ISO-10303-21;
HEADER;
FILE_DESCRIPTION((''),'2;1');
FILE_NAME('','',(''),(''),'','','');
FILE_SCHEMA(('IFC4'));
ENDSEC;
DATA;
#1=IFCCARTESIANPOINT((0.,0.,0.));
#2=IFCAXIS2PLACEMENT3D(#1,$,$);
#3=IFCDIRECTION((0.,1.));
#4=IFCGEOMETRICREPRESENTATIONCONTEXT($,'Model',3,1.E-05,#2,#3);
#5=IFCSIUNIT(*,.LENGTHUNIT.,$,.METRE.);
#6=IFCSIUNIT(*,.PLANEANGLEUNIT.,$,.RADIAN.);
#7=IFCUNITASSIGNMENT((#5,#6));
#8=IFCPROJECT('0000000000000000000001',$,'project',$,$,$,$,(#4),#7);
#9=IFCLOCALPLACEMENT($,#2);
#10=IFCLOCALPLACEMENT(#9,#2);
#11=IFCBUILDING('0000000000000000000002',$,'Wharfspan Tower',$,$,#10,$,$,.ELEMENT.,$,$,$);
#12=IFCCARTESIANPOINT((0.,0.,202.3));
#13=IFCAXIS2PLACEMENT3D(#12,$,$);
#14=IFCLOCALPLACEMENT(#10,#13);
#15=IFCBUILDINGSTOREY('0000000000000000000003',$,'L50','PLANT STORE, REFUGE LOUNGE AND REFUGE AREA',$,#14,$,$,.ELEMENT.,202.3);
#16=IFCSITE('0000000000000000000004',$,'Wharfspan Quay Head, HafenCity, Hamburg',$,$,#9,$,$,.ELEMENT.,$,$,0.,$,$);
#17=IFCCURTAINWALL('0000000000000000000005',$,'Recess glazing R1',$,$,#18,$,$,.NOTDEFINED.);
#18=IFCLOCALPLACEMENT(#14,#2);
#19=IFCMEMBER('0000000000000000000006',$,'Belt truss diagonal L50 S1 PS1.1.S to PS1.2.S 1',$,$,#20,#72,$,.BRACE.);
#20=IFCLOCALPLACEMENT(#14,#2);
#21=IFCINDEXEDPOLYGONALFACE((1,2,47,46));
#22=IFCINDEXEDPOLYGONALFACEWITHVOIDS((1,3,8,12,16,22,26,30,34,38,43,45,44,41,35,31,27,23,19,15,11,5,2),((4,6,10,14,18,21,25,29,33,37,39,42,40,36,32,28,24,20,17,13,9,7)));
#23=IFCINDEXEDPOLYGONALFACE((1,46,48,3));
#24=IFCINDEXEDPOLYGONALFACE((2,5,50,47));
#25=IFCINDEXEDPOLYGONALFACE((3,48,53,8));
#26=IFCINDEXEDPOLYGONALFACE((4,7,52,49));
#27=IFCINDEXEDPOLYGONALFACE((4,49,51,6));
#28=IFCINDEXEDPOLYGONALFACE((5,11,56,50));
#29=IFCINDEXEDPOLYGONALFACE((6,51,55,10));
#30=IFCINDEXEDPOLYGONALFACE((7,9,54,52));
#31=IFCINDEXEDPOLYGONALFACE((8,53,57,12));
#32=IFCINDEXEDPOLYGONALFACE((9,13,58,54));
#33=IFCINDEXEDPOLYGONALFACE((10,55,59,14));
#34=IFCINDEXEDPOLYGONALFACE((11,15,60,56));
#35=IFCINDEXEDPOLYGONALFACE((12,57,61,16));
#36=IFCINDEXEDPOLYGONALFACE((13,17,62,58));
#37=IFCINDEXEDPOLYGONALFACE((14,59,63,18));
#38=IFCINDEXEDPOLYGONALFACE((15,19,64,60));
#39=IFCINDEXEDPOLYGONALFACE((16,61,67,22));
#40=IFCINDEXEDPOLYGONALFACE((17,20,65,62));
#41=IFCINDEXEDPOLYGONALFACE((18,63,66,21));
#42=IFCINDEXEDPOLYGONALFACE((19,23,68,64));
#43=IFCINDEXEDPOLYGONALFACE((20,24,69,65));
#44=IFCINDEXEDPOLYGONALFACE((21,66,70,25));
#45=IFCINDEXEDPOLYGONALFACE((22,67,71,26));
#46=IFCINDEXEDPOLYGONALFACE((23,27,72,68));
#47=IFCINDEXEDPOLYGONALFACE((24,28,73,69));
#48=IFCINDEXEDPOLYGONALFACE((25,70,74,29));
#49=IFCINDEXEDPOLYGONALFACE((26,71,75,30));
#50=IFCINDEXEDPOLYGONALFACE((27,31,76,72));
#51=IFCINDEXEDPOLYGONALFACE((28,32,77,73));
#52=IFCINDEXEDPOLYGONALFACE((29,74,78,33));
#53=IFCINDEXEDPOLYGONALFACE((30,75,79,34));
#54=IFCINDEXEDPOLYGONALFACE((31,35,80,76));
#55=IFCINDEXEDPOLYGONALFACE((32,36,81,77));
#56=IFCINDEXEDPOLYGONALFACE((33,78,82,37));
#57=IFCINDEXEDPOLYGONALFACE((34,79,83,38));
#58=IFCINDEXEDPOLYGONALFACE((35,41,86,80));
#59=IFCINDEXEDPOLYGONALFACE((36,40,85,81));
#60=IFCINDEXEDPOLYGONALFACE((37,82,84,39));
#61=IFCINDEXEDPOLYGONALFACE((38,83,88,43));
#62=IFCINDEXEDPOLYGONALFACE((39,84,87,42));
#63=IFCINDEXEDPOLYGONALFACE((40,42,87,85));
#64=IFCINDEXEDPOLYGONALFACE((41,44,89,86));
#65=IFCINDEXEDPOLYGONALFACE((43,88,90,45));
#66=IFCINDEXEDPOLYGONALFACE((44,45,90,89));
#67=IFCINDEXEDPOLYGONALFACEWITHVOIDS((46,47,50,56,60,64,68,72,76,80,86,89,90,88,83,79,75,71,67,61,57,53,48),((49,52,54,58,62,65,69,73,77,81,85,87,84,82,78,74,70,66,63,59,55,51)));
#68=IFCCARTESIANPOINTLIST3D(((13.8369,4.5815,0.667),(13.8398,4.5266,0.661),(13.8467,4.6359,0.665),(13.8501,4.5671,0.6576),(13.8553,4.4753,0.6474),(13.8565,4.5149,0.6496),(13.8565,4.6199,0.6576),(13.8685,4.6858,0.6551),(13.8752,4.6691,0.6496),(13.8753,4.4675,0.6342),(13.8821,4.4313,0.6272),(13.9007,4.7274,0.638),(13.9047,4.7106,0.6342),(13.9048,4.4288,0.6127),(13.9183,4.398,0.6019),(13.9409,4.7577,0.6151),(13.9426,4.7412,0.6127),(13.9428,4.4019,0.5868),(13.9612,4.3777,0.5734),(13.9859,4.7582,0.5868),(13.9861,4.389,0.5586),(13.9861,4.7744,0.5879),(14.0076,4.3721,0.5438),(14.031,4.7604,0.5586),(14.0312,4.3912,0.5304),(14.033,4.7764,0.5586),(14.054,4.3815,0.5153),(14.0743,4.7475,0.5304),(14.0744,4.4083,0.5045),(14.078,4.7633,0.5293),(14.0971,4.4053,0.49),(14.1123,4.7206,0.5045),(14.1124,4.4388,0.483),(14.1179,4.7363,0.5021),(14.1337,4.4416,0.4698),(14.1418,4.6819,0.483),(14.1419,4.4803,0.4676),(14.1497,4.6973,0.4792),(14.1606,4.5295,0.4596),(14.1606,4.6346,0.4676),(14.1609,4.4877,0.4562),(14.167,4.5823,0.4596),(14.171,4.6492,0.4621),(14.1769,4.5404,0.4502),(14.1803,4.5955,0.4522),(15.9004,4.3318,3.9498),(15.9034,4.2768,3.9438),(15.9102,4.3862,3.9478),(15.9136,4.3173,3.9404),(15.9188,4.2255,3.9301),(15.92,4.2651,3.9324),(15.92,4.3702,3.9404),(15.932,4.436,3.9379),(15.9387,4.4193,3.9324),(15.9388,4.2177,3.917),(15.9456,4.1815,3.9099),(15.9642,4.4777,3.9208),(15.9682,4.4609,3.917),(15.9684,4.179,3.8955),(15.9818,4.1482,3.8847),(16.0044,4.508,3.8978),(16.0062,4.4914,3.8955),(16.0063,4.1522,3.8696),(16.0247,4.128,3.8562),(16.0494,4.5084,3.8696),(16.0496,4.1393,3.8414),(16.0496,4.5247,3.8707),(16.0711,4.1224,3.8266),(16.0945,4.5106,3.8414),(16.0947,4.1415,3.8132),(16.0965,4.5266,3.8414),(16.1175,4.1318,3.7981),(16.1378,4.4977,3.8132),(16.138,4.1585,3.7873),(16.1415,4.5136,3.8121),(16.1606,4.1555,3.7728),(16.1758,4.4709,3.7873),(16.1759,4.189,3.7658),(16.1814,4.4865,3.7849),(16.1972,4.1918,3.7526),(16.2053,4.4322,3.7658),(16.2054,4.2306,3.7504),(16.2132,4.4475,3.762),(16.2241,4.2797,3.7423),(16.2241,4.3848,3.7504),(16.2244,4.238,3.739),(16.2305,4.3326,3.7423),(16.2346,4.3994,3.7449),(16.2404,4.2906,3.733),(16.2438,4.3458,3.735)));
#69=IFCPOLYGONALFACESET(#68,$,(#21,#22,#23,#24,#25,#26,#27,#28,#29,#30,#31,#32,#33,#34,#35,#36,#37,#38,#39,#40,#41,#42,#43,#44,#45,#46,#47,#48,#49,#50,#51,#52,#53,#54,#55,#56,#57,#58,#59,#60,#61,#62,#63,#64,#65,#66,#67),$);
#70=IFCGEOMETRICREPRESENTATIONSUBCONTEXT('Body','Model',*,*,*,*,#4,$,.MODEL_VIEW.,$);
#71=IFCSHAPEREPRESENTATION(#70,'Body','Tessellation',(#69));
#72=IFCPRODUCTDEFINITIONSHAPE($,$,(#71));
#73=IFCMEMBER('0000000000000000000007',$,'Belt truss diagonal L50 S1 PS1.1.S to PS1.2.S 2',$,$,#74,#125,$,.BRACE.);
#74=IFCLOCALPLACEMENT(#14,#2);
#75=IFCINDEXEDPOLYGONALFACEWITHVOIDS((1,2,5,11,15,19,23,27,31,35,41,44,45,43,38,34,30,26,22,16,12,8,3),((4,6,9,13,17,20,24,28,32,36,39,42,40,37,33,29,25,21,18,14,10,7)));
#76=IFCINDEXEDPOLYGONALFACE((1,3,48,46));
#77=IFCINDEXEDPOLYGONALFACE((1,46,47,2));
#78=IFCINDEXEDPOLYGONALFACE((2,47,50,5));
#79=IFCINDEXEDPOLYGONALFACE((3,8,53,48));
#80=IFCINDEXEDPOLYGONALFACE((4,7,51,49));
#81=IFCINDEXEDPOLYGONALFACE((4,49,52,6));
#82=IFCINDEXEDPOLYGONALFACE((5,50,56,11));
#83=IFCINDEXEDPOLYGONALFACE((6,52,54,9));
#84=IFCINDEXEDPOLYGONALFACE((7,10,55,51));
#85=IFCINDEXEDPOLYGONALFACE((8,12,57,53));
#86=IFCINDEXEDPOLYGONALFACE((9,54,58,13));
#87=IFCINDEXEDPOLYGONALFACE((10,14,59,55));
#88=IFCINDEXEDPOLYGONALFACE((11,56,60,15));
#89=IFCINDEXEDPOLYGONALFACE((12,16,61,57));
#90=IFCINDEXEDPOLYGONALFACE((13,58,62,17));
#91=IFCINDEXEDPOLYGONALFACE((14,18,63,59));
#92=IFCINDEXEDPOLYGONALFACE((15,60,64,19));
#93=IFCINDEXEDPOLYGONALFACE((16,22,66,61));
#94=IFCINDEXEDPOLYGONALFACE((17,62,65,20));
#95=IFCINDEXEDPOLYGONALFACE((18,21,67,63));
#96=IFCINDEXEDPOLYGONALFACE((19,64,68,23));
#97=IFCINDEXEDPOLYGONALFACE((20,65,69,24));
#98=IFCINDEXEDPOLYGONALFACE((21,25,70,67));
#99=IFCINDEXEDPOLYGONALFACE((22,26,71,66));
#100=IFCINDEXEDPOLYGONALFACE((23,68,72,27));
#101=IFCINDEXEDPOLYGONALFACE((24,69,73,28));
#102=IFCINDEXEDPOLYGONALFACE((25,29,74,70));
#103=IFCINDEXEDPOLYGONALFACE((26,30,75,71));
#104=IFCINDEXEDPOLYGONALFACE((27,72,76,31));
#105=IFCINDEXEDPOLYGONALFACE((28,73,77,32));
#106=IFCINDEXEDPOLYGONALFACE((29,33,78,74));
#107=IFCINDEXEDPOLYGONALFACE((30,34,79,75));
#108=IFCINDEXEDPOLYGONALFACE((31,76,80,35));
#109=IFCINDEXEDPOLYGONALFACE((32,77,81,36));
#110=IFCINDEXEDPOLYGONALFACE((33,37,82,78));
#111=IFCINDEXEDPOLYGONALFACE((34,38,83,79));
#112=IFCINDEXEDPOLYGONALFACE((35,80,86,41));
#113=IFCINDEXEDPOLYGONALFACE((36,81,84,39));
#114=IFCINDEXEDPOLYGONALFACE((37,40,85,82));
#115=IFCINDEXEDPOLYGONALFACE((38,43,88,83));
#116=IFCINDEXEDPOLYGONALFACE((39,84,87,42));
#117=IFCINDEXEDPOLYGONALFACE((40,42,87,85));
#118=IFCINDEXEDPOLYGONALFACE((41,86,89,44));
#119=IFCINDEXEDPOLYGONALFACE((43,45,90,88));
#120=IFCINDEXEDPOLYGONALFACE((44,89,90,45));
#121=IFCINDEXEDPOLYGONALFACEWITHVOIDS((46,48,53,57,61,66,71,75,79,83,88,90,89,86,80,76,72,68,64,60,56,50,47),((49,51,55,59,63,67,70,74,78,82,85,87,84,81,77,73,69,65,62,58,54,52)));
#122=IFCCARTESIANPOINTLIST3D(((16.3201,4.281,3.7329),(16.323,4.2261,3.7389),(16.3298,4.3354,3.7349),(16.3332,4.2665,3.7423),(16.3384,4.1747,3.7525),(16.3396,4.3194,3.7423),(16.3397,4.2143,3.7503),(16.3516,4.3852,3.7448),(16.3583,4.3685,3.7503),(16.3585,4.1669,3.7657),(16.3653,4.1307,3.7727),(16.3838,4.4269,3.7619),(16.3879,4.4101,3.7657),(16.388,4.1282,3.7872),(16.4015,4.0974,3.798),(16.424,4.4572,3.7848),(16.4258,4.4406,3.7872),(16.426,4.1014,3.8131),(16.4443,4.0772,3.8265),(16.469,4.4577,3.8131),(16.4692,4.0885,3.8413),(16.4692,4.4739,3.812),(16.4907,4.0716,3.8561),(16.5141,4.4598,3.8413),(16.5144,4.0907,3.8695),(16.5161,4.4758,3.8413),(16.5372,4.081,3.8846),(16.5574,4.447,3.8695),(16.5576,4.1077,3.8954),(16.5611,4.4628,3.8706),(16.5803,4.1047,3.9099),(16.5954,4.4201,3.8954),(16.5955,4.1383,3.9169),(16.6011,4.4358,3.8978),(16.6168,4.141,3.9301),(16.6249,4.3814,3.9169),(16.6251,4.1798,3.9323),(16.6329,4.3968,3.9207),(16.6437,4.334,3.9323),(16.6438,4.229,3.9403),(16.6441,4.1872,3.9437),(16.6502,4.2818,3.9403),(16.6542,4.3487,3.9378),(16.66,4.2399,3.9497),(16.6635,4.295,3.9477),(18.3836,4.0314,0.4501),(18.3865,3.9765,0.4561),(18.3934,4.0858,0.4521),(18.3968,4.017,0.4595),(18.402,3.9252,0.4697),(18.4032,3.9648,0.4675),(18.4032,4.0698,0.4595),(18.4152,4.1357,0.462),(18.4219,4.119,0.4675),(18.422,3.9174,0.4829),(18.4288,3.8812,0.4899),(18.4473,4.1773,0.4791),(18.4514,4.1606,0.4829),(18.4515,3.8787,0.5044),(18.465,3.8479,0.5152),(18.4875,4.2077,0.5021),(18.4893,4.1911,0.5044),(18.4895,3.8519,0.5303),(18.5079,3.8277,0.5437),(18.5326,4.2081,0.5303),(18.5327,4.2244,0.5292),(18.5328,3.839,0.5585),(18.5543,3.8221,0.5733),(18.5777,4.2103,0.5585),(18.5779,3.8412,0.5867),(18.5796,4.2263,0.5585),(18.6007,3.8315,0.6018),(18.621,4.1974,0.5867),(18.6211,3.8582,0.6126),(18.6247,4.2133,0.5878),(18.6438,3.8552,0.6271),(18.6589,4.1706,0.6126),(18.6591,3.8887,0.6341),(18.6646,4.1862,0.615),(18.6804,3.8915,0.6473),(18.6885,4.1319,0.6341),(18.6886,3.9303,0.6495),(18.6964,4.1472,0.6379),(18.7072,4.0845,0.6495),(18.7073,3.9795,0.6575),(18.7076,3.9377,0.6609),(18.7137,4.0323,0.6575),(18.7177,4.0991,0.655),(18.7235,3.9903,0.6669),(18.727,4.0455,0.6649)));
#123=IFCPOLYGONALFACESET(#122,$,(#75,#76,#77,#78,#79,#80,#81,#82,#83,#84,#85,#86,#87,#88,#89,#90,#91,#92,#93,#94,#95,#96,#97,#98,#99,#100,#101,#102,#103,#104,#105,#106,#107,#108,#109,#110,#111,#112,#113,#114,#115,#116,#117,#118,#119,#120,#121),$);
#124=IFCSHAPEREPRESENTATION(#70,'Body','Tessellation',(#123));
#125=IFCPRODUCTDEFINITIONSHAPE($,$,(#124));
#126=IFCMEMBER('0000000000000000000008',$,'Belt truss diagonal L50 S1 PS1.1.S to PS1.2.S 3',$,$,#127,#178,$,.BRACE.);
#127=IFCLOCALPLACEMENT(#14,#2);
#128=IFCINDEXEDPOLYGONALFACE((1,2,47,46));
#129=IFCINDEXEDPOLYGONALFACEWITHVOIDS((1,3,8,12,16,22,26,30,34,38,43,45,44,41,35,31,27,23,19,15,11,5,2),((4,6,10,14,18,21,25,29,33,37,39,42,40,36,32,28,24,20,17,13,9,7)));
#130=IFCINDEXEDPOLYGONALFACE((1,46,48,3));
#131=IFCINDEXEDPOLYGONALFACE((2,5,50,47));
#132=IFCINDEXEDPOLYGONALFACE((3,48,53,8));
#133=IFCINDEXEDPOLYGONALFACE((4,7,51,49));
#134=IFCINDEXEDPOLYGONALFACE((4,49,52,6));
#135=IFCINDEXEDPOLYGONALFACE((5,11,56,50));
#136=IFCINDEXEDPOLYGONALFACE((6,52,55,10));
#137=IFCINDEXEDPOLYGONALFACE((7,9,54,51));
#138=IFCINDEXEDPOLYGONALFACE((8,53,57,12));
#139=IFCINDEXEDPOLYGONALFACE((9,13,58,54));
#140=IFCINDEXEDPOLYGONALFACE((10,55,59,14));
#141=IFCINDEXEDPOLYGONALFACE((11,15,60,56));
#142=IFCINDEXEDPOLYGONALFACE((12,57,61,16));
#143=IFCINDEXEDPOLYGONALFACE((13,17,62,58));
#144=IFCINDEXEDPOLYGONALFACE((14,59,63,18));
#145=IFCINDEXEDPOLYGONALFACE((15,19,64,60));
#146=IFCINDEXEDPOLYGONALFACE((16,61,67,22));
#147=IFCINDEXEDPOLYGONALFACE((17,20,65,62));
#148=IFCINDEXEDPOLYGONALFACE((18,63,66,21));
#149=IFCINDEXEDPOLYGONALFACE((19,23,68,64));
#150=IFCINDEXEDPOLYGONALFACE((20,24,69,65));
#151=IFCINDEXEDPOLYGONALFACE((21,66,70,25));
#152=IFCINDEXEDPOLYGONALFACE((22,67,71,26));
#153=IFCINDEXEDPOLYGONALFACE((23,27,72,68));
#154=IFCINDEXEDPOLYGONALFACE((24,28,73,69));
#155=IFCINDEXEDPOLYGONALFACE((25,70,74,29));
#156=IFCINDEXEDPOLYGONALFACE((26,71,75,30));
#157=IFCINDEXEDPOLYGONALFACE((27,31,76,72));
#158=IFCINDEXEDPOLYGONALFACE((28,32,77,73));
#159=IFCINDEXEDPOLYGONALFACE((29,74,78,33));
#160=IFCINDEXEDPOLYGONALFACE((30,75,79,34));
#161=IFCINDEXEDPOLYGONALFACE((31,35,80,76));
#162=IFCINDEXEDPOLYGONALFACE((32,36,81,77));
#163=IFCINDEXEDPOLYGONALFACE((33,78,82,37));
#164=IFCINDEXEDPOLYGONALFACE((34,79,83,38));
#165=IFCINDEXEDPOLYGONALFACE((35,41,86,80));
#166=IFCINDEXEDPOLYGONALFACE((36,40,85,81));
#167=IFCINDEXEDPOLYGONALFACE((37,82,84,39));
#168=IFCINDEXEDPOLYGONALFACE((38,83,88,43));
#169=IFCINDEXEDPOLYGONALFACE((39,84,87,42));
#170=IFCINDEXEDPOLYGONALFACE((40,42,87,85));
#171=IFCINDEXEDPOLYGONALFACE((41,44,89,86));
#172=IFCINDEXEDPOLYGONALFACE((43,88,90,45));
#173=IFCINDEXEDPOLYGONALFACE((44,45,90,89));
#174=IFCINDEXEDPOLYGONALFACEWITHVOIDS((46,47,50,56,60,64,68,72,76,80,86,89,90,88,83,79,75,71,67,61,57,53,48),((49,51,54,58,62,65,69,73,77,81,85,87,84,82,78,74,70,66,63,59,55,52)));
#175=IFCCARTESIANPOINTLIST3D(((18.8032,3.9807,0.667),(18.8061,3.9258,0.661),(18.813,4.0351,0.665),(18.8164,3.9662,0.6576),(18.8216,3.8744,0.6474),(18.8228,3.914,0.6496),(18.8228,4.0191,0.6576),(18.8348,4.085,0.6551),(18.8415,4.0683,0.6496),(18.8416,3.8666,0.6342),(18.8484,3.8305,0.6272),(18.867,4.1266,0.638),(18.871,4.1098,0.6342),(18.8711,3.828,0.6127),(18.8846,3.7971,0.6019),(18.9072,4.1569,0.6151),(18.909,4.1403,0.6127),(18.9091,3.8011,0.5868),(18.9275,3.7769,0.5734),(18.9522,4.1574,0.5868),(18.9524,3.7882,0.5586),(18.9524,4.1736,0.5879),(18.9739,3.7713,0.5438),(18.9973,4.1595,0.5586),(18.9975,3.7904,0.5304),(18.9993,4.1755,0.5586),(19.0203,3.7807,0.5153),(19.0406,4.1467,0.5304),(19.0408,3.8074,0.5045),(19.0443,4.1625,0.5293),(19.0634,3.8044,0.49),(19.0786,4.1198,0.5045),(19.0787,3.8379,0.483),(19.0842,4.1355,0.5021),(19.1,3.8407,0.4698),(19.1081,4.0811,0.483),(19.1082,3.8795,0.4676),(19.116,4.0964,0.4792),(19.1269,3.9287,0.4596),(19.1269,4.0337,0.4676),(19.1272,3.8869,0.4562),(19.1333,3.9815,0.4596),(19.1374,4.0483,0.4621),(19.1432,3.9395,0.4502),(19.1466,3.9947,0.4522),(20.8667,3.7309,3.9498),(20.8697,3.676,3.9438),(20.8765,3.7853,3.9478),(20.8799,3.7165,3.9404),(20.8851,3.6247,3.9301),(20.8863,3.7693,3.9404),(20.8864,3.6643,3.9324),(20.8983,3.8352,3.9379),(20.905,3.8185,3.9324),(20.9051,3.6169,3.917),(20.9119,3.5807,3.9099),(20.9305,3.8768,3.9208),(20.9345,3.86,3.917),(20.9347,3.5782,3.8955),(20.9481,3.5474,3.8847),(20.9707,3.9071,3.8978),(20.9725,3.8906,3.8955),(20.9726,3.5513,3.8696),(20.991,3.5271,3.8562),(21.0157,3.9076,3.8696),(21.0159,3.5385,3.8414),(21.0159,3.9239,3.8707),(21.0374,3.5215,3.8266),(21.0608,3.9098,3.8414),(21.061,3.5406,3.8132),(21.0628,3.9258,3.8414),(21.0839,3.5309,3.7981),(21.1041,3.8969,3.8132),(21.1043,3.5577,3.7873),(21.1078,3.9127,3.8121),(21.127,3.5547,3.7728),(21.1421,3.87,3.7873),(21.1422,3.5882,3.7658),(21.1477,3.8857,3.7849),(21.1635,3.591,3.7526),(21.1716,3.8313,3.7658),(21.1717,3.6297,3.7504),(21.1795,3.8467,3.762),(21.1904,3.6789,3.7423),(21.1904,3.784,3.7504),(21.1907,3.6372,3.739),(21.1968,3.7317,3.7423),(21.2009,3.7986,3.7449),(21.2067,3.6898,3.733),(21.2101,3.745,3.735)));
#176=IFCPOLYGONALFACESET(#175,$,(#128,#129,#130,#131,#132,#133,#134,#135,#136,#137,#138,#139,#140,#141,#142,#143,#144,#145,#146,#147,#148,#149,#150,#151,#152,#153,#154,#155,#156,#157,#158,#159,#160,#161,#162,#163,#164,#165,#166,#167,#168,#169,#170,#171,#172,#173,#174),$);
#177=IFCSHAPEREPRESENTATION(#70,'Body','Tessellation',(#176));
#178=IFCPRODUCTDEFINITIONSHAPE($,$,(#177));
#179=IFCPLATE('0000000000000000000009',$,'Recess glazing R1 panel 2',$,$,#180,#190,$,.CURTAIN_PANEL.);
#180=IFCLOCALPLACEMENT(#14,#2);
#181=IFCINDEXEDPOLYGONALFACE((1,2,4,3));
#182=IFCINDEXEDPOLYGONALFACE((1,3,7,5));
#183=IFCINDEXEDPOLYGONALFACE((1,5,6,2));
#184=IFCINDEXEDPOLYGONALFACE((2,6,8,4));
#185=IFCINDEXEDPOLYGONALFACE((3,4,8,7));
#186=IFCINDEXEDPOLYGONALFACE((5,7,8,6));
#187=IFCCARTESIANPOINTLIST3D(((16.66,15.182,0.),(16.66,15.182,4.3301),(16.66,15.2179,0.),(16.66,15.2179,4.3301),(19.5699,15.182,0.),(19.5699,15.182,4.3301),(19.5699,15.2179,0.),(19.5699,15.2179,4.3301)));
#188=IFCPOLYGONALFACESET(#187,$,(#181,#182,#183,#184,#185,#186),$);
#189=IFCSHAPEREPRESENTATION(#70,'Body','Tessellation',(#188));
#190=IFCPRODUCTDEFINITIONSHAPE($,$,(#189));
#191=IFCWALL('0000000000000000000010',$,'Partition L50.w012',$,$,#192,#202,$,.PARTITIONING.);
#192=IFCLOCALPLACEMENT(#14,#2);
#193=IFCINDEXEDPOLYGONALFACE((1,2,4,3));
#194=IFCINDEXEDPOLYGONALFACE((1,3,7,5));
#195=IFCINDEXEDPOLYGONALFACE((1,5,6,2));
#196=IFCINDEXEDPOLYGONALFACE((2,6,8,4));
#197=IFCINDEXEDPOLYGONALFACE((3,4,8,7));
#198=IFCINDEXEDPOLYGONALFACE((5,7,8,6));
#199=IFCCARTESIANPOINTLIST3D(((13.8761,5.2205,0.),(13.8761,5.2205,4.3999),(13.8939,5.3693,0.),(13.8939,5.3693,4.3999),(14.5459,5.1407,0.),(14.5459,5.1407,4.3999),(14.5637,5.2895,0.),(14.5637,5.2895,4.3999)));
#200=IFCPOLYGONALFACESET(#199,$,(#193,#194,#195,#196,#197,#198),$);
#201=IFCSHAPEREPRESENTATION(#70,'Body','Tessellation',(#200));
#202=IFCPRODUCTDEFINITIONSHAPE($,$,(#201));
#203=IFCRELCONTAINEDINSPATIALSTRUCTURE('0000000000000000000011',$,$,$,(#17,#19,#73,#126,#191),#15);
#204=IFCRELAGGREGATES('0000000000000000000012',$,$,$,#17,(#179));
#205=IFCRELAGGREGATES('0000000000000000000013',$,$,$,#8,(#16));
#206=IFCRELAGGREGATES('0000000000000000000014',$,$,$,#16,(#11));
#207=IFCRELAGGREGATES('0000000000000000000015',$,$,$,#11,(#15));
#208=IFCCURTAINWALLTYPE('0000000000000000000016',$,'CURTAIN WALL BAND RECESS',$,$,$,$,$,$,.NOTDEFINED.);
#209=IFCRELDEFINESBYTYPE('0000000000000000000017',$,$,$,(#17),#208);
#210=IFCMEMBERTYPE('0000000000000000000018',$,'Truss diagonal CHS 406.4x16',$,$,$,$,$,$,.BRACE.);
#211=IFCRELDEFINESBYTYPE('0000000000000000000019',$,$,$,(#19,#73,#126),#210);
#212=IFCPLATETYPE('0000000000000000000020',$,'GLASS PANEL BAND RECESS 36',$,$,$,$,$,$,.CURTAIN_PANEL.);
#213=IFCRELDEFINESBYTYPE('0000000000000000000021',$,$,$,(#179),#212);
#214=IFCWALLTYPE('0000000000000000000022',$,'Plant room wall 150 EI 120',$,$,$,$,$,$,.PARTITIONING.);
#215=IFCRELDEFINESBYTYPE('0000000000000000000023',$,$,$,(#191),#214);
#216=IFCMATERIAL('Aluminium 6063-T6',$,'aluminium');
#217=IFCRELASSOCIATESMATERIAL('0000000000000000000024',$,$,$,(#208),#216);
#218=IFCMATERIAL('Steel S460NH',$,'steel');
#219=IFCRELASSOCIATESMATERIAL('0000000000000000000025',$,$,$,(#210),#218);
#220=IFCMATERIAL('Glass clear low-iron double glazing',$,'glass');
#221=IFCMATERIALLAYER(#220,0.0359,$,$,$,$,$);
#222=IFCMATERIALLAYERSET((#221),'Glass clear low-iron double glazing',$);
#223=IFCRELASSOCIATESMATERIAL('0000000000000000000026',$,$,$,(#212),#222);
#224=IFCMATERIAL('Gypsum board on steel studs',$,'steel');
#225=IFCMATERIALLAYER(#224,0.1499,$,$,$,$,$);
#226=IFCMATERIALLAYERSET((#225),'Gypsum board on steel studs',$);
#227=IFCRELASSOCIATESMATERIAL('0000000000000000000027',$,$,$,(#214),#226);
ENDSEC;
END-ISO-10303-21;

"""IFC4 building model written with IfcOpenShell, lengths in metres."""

from ifc_helpers import new_model, si_unit, direction, frame, frame_2d, origin, origin_2d, place, context, subcontext, project, spatial, rectangle, hollow_circle, extrude, material, layer, layer_set, material_profile, profile_set, type_object, element, aggregate, save


model = new_model("IFC4")

# Units and contexts
model_context = context("Model", 3, precision=1e-05, world=origin(), true_north=direction((0.0, 1.0)))
body_context = subcontext(model_context, "Body", "Model", "MODEL_VIEW")
ifc_project = project(units=[si_unit("LENGTHUNIT", "METRE"), si_unit("PLANEANGLEUNIT", "RADIAN")], contexts=[model_context])

# Site, building, storey
site_placement = place(None, origin())
site = spatial("IfcSite", under=ifc_project, at=site_placement, Name="Wharfspan Quay Head, HafenCity, Hamburg", CompositionType="ELEMENT", RefElevation=0.0)
building_placement = place(site_placement, origin())
building = spatial("IfcBuilding", under=site, at=building_placement, Name="Wharfspan Tower", CompositionType="ELEMENT")
storey_placement = place(building_placement, frame((0.0, 0.0, 202.3)))
storey = spatial("IfcBuildingStorey", under=building, at=storey_placement, Name="L50", Description="PLANT STORE, REFUGE LOUNGE AND REFUGE AREA", CompositionType="ELEMENT", Elevation=202.3)

# Curtain wall
ifc_material_1 = material(Name="Aluminium 6063-T6", Category="aluminium")
curtain_wall_type = type_object("IfcCurtainWallType", Name="CURTAIN WALL BAND RECESS", PredefinedType="NOTDEFINED", material=ifc_material_1)
curtain_wall_placement = place(storey_placement, origin())
curtain_wall = element("IfcCurtainWall", 1, at=curtain_wall_placement, inside=storey, type_object=curtain_wall_type, Name="Recess glazing R1", PredefinedType="NOTDEFINED")

# Shared definitions
ifc_material_2 = material(Name="Steel S460NH", Category="steel")

# Members
ifc_material_profile_1 = material_profile(ifc_material_2, hollow_circle(Radius=0.2031, WallThickness=0.0161, at=origin_2d()))
ifc_profile_set_1 = profile_set([ifc_material_profile_1], Name="Steel S460NH")
member_type_1 = type_object("IfcMemberType", Name="Truss diagonal CHS 406.4x16", PredefinedType="BRACE", material=ifc_profile_set_1)
for number, where, z_axis, x_axis, name in (
    (2, (14.0085, 4.5747, 0.5586), (0.531081, -0.06428, 0.844879), (0.120159, 0.992753, 0.0), "Belt truss diagonal L50 S1 PS1.1.S to PS1.2.S 1"),
    (3, (16.4917, 4.2742, 3.8413), (0.531083, -0.064218, -0.844883), (0.120043, 0.992769, -0.000001), "Belt truss diagonal L50 S1 PS1.1.S to PS1.2.S 2"),
    (4, (18.9749, 3.9739, 0.5586), (0.531081, -0.06428, 0.844879), (0.120159, 0.992753, 0.0), "Belt truss diagonal L50 S1 PS1.1.S to PS1.2.S 3"),
):
    element("IfcMember", number, at=place(storey_placement, frame(where, z_axis=z_axis, x_axis=x_axis)), inside=storey, type_object=member_type_1, Name=name, PredefinedType="BRACE", context=body_context, shape_type="SweptSolid", body=[
        extrude(hollow_circle(Radius=0.2031, WallThickness=0.0161, at=origin_2d()), origin(), (0.0, 0.0, 1.0), 3.8855),
    ])

# Plate
ifc_material_3 = material(Name="Glass clear low-iron double glazing", Category="glass")
ifc_layer_1 = layer(ifc_material_3, 0.0359)
ifc_layer_set_1 = layer_set([ifc_layer_1], Name="Glass clear low-iron double glazing")
plate_type = type_object("IfcPlateType", Name="GLASS PANEL BAND RECESS 36", PredefinedType="CURTAIN_PANEL", material=ifc_layer_set_1)
plate_placement = place(storey_placement, frame((18.115, 15.2, 0.0), z_axis=(0.0, 0.0, 1.0), x_axis=(-1.0, 0.0, 0.0)))
plate = element("IfcPlate", 5, at=plate_placement, type_object=plate_type, Name="Recess glazing R1 panel 2", PredefinedType="CURTAIN_PANEL", context=body_context, shape_type="SweptSolid", body=[
    extrude(rectangle(XDim=2.9099, YDim=0.0359, at=origin_2d()), origin(), (0.0, 0.0, 1.0), 4.3301),
])
aggregate(curtain_wall, [plate])

# Wall
ifc_material_4 = material(Name="Gypsum board on steel studs", Category="steel")
ifc_layer_2 = layer(ifc_material_4, 0.1499)
ifc_layer_set_2 = layer_set([ifc_layer_2], Name="Gypsum board on steel studs")
wall_type = type_object("IfcWallType", Name="Plant room wall 150 EI 120", PredefinedType="PARTITIONING", material=ifc_layer_set_2)
wall_1_placement = place(storey_placement, frame((14.5549, 5.2151, 0.0), z_axis=(0.0, 0.0, 1.0), x_axis=(-0.992976, 0.118332, 0.0)))
element("IfcWall", 6, at=wall_1_placement, inside=storey, type_object=wall_type, Name="Partition L50.w012", PredefinedType="PARTITIONING", context=body_context, shape_type="SweptSolid", body=[
    extrude(rectangle(XDim=0.6746, YDim=0.1499, at=frame_2d((0.3374, 0.0))), origin(), (0.0, 0.0, 1.0), 4.3999),
])

save(model, "model.ifc")
